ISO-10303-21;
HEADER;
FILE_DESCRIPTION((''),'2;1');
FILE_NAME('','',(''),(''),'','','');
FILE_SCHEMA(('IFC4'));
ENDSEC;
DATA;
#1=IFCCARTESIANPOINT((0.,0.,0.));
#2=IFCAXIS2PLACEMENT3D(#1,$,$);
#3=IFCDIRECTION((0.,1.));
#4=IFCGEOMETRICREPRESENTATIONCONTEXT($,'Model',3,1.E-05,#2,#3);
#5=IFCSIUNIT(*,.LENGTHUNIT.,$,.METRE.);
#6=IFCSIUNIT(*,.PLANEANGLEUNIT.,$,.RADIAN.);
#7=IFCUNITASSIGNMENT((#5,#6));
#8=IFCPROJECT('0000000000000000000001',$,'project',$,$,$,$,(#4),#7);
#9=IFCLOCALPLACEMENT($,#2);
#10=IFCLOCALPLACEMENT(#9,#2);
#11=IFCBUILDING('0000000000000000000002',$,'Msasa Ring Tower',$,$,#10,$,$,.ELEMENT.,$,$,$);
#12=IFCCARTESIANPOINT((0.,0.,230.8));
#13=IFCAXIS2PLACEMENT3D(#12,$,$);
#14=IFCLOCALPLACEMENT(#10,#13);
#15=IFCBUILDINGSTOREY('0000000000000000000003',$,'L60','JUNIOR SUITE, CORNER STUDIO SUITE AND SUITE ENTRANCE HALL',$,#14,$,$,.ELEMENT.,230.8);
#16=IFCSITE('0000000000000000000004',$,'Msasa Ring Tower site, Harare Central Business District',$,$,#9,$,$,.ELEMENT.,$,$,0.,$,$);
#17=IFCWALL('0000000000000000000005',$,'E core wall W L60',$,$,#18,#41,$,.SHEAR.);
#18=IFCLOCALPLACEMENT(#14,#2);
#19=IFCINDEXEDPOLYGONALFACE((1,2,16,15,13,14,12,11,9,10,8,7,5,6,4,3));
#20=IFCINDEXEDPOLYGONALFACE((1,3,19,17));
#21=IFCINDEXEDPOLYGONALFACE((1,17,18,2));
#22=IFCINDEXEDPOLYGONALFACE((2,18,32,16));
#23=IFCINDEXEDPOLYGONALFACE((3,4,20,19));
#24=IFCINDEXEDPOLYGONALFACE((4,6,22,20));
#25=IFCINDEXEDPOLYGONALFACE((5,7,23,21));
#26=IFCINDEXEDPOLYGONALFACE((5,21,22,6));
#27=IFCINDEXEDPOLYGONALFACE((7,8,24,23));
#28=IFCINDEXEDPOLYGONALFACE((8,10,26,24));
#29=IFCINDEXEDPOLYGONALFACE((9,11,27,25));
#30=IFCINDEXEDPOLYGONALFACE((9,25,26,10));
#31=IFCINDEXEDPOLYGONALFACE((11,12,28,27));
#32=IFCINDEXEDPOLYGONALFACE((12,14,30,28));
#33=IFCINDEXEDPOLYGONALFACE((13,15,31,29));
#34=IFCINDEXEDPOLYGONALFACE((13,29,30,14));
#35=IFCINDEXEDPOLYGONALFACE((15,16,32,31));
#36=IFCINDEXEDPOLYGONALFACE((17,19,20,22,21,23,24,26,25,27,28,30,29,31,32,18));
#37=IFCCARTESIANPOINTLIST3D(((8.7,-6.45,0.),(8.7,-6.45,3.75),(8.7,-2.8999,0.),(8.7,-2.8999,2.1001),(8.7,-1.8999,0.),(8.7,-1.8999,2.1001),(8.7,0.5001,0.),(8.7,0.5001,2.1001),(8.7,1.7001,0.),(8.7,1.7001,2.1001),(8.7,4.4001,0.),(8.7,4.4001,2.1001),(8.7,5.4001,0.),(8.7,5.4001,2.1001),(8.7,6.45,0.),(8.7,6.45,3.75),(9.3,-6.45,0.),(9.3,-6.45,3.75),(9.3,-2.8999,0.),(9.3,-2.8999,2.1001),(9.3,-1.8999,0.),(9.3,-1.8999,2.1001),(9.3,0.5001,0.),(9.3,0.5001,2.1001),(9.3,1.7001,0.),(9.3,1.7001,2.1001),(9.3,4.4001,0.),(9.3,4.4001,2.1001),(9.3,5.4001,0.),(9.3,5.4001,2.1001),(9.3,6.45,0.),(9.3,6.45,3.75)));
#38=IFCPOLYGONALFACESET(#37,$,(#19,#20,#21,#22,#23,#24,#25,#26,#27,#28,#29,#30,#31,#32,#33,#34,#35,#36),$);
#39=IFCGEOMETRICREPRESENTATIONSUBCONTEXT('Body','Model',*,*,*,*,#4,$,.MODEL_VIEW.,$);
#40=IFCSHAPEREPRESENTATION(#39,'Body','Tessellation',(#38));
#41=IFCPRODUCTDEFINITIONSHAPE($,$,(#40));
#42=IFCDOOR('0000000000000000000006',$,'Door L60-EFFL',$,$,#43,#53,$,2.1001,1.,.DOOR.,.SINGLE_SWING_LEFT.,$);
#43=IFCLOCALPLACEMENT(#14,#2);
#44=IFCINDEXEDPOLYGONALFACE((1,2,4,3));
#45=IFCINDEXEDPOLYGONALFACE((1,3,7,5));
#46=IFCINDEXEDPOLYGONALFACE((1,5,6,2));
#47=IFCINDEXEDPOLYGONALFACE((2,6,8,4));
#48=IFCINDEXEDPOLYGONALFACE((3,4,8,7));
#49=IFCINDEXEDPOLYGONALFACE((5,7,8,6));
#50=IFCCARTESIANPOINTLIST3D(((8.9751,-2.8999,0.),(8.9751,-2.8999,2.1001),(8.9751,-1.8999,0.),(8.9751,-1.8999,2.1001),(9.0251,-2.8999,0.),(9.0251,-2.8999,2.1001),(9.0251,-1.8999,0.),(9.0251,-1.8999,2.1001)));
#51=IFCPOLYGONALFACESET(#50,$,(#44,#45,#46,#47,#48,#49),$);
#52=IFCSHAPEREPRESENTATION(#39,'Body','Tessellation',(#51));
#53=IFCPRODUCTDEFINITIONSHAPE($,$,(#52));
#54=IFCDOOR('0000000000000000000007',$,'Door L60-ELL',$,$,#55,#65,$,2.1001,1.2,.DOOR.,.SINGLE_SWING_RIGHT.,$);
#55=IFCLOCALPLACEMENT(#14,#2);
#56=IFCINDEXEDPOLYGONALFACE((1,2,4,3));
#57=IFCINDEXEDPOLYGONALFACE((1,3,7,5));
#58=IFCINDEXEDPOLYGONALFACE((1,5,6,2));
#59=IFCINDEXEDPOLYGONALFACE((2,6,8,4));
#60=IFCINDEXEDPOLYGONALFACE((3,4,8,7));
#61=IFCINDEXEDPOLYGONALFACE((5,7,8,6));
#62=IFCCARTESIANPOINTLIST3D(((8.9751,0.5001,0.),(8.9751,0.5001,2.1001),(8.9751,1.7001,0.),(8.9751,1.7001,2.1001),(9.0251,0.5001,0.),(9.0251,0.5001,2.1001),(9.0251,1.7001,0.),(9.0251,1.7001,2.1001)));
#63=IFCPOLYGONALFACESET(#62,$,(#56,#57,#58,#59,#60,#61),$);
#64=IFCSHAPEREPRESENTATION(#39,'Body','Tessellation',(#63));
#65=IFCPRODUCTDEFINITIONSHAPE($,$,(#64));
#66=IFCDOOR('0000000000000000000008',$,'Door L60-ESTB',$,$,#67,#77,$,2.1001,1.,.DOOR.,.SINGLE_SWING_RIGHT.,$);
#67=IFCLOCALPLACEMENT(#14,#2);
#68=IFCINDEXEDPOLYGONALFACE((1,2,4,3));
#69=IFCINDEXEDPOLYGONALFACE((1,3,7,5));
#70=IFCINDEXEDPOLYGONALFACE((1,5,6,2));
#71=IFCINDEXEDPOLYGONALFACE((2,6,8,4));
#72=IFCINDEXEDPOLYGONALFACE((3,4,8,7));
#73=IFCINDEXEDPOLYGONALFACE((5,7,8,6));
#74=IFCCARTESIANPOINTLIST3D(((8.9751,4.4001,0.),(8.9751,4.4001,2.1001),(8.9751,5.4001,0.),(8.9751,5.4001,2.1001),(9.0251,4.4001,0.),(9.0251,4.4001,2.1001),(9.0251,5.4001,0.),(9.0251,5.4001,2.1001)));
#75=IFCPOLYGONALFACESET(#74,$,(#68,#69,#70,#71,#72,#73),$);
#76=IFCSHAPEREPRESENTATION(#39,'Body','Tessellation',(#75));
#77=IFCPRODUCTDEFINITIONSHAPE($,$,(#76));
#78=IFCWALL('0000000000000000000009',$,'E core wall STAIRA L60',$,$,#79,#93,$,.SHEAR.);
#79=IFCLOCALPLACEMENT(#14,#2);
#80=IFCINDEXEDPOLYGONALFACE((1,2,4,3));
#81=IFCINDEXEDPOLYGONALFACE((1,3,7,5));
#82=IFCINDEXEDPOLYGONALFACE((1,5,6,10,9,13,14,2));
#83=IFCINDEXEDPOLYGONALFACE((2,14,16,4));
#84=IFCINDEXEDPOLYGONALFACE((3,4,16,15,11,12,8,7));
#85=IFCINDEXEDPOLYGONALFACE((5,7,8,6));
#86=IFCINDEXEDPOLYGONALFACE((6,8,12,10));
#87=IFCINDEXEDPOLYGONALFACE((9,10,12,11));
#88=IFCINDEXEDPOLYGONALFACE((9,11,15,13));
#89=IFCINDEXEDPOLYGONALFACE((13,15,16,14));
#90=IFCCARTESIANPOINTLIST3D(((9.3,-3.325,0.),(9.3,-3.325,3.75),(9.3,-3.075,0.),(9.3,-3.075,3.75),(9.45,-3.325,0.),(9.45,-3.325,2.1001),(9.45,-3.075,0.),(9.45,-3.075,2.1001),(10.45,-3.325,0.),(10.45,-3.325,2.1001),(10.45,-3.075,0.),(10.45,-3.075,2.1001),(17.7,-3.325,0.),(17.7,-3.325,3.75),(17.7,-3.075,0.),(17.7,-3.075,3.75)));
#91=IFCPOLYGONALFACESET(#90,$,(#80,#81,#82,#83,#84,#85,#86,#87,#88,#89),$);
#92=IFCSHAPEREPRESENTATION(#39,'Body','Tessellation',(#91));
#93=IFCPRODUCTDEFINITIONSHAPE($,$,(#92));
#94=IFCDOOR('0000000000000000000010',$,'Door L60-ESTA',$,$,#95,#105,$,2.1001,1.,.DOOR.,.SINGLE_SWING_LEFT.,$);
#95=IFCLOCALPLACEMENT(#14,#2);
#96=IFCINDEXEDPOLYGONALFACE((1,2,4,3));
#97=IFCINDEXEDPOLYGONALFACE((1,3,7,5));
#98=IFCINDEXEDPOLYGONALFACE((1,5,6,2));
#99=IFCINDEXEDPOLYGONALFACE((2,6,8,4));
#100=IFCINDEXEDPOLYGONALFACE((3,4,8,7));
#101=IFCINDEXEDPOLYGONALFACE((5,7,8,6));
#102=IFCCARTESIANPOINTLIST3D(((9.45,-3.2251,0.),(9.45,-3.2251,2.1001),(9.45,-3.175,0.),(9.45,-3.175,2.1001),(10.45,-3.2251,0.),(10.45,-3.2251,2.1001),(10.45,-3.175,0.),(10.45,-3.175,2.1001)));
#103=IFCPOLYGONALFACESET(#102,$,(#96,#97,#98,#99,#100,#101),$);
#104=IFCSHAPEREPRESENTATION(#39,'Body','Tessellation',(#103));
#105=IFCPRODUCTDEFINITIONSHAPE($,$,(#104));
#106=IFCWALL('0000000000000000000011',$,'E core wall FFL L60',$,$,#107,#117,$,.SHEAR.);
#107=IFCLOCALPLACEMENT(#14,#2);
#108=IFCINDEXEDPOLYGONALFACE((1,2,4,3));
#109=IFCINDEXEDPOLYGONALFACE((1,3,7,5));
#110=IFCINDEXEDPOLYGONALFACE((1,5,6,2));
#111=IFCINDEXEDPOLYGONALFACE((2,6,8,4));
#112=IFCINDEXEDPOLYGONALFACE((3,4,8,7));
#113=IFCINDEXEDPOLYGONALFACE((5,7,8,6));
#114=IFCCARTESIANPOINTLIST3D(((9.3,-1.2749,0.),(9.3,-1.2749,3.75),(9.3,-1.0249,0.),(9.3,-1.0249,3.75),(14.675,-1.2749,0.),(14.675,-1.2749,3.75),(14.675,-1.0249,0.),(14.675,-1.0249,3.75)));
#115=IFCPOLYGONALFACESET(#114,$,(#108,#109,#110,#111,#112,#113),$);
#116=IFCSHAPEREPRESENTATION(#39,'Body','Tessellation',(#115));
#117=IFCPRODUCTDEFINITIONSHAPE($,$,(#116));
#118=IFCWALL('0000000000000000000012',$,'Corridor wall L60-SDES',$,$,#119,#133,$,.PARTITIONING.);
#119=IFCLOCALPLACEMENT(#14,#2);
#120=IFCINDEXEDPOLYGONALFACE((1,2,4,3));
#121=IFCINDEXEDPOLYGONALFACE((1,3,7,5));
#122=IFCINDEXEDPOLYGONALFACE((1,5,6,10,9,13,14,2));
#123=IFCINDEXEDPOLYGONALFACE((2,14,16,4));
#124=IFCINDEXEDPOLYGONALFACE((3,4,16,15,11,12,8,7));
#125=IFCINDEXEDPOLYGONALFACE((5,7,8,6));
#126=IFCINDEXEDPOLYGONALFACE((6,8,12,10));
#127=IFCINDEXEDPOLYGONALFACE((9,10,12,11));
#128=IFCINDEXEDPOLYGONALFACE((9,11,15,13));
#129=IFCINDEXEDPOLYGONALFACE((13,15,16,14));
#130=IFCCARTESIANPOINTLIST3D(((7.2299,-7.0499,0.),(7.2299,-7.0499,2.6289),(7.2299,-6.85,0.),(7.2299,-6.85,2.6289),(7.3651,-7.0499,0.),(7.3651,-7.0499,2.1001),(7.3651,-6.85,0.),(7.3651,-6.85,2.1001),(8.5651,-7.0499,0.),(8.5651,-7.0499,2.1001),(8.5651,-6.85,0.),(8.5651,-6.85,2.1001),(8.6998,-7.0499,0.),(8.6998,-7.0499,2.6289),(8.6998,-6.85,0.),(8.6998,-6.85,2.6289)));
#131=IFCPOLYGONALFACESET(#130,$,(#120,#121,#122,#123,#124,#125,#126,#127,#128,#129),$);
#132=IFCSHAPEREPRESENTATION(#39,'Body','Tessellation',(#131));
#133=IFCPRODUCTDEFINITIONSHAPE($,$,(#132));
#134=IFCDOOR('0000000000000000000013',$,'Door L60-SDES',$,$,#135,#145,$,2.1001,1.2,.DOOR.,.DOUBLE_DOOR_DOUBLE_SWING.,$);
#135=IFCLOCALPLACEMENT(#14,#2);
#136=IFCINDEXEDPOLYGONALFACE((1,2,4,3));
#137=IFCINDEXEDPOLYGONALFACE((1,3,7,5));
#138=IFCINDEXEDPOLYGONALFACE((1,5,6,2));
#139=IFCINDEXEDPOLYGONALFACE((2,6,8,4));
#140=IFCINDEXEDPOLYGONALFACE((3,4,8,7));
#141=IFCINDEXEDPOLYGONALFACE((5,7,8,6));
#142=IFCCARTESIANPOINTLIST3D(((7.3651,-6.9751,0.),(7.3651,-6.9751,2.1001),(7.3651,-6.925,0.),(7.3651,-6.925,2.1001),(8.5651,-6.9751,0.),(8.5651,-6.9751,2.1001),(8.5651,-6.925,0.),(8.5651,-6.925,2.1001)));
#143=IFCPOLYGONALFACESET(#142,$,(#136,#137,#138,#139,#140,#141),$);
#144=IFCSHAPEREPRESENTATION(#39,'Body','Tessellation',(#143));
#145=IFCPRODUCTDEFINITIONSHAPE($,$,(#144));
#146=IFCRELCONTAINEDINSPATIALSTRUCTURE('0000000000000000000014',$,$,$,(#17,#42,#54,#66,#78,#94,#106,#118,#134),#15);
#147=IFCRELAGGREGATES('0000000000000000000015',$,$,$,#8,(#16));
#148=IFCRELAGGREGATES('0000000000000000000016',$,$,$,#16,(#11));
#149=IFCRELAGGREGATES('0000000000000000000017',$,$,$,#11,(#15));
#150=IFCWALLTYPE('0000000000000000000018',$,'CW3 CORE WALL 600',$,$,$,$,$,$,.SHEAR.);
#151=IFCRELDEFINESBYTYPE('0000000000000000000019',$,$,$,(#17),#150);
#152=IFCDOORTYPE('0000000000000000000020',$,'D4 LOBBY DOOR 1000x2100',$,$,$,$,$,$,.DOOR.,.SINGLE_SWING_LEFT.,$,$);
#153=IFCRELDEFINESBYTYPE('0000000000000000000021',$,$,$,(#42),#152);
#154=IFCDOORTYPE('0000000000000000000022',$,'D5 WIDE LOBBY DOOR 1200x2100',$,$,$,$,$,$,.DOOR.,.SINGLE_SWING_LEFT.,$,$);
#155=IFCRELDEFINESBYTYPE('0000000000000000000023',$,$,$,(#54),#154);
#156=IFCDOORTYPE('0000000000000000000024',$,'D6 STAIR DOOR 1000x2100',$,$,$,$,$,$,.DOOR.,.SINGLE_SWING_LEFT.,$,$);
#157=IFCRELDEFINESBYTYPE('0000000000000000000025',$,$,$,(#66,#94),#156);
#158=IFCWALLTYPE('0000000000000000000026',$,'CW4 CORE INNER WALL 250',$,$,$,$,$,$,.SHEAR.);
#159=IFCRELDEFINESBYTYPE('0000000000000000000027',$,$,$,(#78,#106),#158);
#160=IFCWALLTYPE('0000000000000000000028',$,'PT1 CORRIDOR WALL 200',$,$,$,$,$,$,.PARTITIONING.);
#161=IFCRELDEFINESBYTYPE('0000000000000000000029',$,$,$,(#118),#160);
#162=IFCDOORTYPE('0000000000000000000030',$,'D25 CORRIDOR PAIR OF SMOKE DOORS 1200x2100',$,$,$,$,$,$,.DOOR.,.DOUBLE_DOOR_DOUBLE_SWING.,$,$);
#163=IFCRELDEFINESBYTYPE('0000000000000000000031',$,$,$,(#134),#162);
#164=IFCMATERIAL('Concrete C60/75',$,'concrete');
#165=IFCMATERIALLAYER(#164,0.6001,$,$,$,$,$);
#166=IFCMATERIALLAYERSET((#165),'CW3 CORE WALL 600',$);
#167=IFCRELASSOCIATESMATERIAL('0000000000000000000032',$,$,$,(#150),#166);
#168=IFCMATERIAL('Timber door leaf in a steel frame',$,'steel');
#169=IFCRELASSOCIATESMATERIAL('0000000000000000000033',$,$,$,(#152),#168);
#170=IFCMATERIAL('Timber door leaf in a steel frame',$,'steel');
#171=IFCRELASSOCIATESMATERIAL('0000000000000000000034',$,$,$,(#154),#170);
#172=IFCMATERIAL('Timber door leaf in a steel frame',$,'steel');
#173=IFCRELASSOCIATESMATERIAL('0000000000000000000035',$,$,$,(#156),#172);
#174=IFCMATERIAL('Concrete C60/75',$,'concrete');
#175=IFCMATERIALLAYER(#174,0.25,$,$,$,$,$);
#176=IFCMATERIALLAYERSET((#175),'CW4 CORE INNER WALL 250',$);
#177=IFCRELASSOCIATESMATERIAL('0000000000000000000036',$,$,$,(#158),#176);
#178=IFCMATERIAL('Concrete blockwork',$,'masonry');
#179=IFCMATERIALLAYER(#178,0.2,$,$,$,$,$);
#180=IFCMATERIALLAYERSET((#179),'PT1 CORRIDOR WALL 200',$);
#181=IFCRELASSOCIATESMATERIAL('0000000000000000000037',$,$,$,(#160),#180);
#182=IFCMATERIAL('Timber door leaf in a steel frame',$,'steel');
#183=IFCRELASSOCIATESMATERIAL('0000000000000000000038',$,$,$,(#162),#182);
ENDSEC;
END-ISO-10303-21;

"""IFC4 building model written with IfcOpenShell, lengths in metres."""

from ifc_helpers import new_model, si_unit, direction, frame, frame_2d, origin, place, context, subcontext, project, spatial, rectangle, extrude, material, layer, layer_set, type_object, element, fill, save


model = new_model("IFC4")

# Units and contexts
model_context = context("Model", 3, precision=1e-05, world=origin(), true_north=direction((0.0, 1.0)))
body_context = subcontext(model_context, "Body", "Model", "MODEL_VIEW")
ifc_project = project(units=[si_unit("LENGTHUNIT", "METRE"), si_unit("PLANEANGLEUNIT", "RADIAN")], contexts=[model_context])

# Site, building, storey
site_placement = place(None, origin())
site = spatial("IfcSite", under=ifc_project, at=site_placement, Name="Msasa Ring Tower site, Harare Central Business District", CompositionType="ELEMENT", RefElevation=0.0)
building_placement = place(site_placement, origin())
building = spatial("IfcBuilding", under=site, at=building_placement, Name="Msasa Ring Tower", CompositionType="ELEMENT")
storey_placement = place(building_placement, frame((0.0, 0.0, 230.8)))
storey = spatial("IfcBuildingStorey", under=building, at=storey_placement, Name="L60", Description="JUNIOR SUITE, CORNER STUDIO SUITE AND SUITE ENTRANCE HALL", CompositionType="ELEMENT", Elevation=230.8)

# Shared definitions
ifc_material_1 = material(Name="Concrete C60/75", Category="concrete")
ifc_layer_1 = layer(ifc_material_1, 0.6001)
ifc_layer_set_1 = layer_set([ifc_layer_1], Name="CW3 CORE WALL 600")
wall_type_1 = type_object("IfcWallType", Name="CW3 CORE WALL 600", PredefinedType="SHEAR", material=ifc_layer_set_1)

# Wall, openings, doors
wall_1_placement = place(storey_placement, frame((9.0, -6.45, 0.0), z_axis=(0.0, 0.0, 1.0), x_axis=(0.0, 1.0, 0.0)))
wall_1 = element("IfcWall", 1, at=wall_1_placement, inside=storey, type_object=wall_type_1, Name="E core wall W L60", PredefinedType="SHEAR", context=body_context, shape_type="SweptSolid", body=[
    extrude(rectangle(XDim=12.8999, YDim=0.6001, at=frame_2d((6.45, 0.0))), origin(), (0.0, 0.0, 1.0), 3.75),
])
opening_1_placement = place(wall_1_placement, frame((3.55, 0.0, 0.0)))
opening_1 = element("IfcOpeningElement", 2, at=opening_1_placement, cuts=wall_1, PredefinedType="OPENING", context=body_context, shape_type="SweptSolid", body=[
    extrude(rectangle(XDim=1.0, YDim=2.1001, at=frame_2d((0.5, 1.05))), frame((0.0, 0.3101, 0.0), z_axis=(0.0, -1.0, 0.0), x_axis=(1.0, 0.0, 0.0)), (0.0, 0.0, 1.0), 0.6201),
])
opening_2_placement = place(wall_1_placement, frame((6.95, 0.0, 0.0)))
opening_2 = element("IfcOpeningElement", 3, at=opening_2_placement, cuts=wall_1, PredefinedType="OPENING", context=body_context, shape_type="SweptSolid", body=[
    extrude(rectangle(XDim=1.2, YDim=2.1001, at=frame_2d((0.6001, 1.05))), frame((0.0, 0.3101, 0.0), z_axis=(0.0, -1.0, 0.0), x_axis=(1.0, 0.0, 0.0)), (0.0, 0.0, 1.0), 0.6201),
])
opening_3_placement = place(wall_1_placement, frame((10.8501, 0.0, 0.0)))
opening_3 = element("IfcOpeningElement", 4, at=opening_3_placement, cuts=wall_1, PredefinedType="OPENING", context=body_context, shape_type="SweptSolid", body=[
    extrude(rectangle(XDim=1.0, YDim=2.1001, at=frame_2d((0.5, 1.05))), frame((0.0, 0.3101, 0.0), z_axis=(0.0, -1.0, 0.0), x_axis=(1.0, 0.0, 0.0)), (0.0, 0.0, 1.0), 0.6201),
])
ifc_material_2 = material(Name="Timber door leaf in a steel frame", Category="steel")
door_type_1 = type_object("IfcDoorType", Name="D4 LOBBY DOOR 1000x2100", OperationType="SINGLE_SWING_LEFT", PredefinedType="DOOR", material=ifc_material_2)
door_1_placement = place(opening_1_placement, origin())
door_1 = element("IfcDoor", 5, at=door_1_placement, inside=storey, type_object=door_type_1, Name="Door L60-EFFL", OperationType="SINGLE_SWING_LEFT", OverallHeight=2.1001, OverallWidth=1.0, PredefinedType="DOOR", context=body_context, shape_type="SweptSolid", body=[
    extrude(rectangle(XDim=1.0, YDim=2.1001, at=frame_2d((0.5, 1.05))), frame((0.0, 0.0249, 0.0), z_axis=(0.0, -1.0, 0.0), x_axis=(1.0, 0.0, 0.0)), (0.0, 0.0, 1.0), 0.05),
])
fill(opening_1, door_1)
ifc_material_3 = material(Name="Timber door leaf in a steel frame", Category="steel")
door_type_2 = type_object("IfcDoorType", Name="D5 WIDE LOBBY DOOR 1200x2100", OperationType="SINGLE_SWING_LEFT", PredefinedType="DOOR", material=ifc_material_3)
door_2_placement = place(opening_2_placement, origin())
door_2 = element("IfcDoor", 6, at=door_2_placement, inside=storey, type_object=door_type_2, Name="Door L60-ELL", OperationType="SINGLE_SWING_RIGHT", OverallHeight=2.1001, OverallWidth=1.2, PredefinedType="DOOR", context=body_context, shape_type="SweptSolid", body=[
    extrude(rectangle(XDim=1.2, YDim=2.1001, at=frame_2d((0.6001, 1.05))), frame((0.0, 0.0249, 0.0), z_axis=(0.0, -1.0, 0.0), x_axis=(1.0, 0.0, 0.0)), (0.0, 0.0, 1.0), 0.05),
])
fill(opening_2, door_2)
ifc_material_4 = material(Name="Timber door leaf in a steel frame", Category="steel")
door_type_3 = type_object("IfcDoorType", Name="D6 STAIR DOOR 1000x2100", OperationType="SINGLE_SWING_LEFT", PredefinedType="DOOR", material=ifc_material_4)
door_3_placement = place(opening_3_placement, origin())
door_3 = element("IfcDoor", 7, at=door_3_placement, inside=storey, type_object=door_type_3, Name="Door L60-ESTB", OperationType="SINGLE_SWING_RIGHT", OverallHeight=2.1001, OverallWidth=1.0, PredefinedType="DOOR", context=body_context, shape_type="SweptSolid", body=[
    extrude(rectangle(XDim=1.0, YDim=2.1001, at=frame_2d((0.5, 1.05))), frame((0.0, 0.0249, 0.0), z_axis=(0.0, -1.0, 0.0), x_axis=(1.0, 0.0, 0.0)), (0.0, 0.0, 1.0), 0.05),
])
fill(opening_3, door_3)

# Wall, opening, door
ifc_material_5 = material(Name="Concrete C60/75", Category="concrete")
ifc_layer_2 = layer(ifc_material_5, 0.25)
ifc_layer_set_2 = layer_set([ifc_layer_2], Name="CW4 CORE INNER WALL 250")
wall_type_2 = type_object("IfcWallType", Name="CW4 CORE INNER WALL 250", PredefinedType="SHEAR", material=ifc_layer_set_2)
wall_2_placement = place(storey_placement, frame((9.3, -3.2, 0.0), z_axis=(0.0, 0.0, 1.0), x_axis=(1.0, 0.0, 0.0)))
wall_2 = element("IfcWall", 8, at=wall_2_placement, inside=storey, type_object=wall_type_2, Name="E core wall STAIRA L60", PredefinedType="SHEAR", context=body_context, shape_type="SweptSolid", body=[
    extrude(rectangle(XDim=8.3999, YDim=0.25, at=frame_2d((4.2, 0.0))), origin(), (0.0, 0.0, 1.0), 3.75),
])
opening_4_placement = place(wall_2_placement, frame((0.1499, 0.0, 0.0)))
opening_4 = element("IfcOpeningElement", 9, at=opening_4_placement, cuts=wall_2, PredefinedType="OPENING", context=body_context, shape_type="SweptSolid", body=[
    extrude(rectangle(XDim=1.0, YDim=2.1001, at=frame_2d((0.5, 1.05))), frame((0.0, 0.135, 0.0), z_axis=(0.0, -1.0, 0.0), x_axis=(1.0, 0.0, 0.0)), (0.0, 0.0, 1.0), 0.27),
])
door_4_placement = place(opening_4_placement, origin())
door_4 = element("IfcDoor", 10, at=door_4_placement, inside=storey, type_object=door_type_3, Name="Door L60-ESTA", OperationType="SINGLE_SWING_LEFT", OverallHeight=2.1001, OverallWidth=1.0, PredefinedType="DOOR", context=body_context, shape_type="SweptSolid", body=[
    extrude(rectangle(XDim=1.0, YDim=2.1001, at=frame_2d((0.5, 1.05))), frame((0.0, 0.0249, 0.0), z_axis=(0.0, -1.0, 0.0), x_axis=(1.0, 0.0, 0.0)), (0.0, 0.0, 1.0), 0.05),
])
fill(opening_4, door_4)

# Wall
wall_3_placement = place(storey_placement, frame((9.3, -1.1499, 0.0), z_axis=(0.0, 0.0, 1.0), x_axis=(1.0, 0.0, 0.0)))
element("IfcWall", 11, at=wall_3_placement, inside=storey, type_object=wall_type_2, Name="E core wall FFL L60", PredefinedType="SHEAR", context=body_context, shape_type="SweptSolid", body=[
    extrude(rectangle(XDim=5.375, YDim=0.25, at=frame_2d((2.6875, 0.0))), origin(), (0.0, 0.0, 1.0), 3.75),
])

# Wall, opening, door
ifc_material_6 = material(Name="Concrete blockwork", Category="masonry")
ifc_layer_3 = layer(ifc_material_6, 0.2)
ifc_layer_set_3 = layer_set([ifc_layer_3], Name="PT1 CORRIDOR WALL 200")
wall_type_3 = type_object("IfcWallType", Name="PT1 CORRIDOR WALL 200", PredefinedType="PARTITIONING", material=ifc_layer_set_3)
wall_4_placement = place(storey_placement, frame((7.23, -6.95, 0.0), z_axis=(0.0, 0.0, 1.0), x_axis=(1.0, 0.0, 0.0)))
wall_4 = element("IfcWall", 12, at=wall_4_placement, inside=storey, type_object=wall_type_3, Name="Corridor wall L60-SDES", PredefinedType="PARTITIONING", context=body_context, shape_type="SweptSolid", body=[
    extrude(rectangle(XDim=1.47, YDim=0.2, at=frame_2d((0.7349, 0.0))), origin(), (0.0, 0.0, 1.0), 2.6289),
])
opening_5_placement = place(wall_4_placement, frame((0.135, 0.0, 0.0)))
opening_5 = element("IfcOpeningElement", 13, at=opening_5_placement, cuts=wall_4, PredefinedType="OPENING", context=body_context, shape_type="SweptSolid", body=[
    extrude(rectangle(XDim=1.2, YDim=2.1001, at=frame_2d((0.6001, 1.05))), frame((0.0, 0.1099, 0.0), z_axis=(0.0, -1.0, 0.0), x_axis=(1.0, 0.0, 0.0)), (0.0, 0.0, 1.0), 0.22),
])
ifc_material_7 = material(Name="Timber door leaf in a steel frame", Category="steel")
door_type_4 = type_object("IfcDoorType", Name="D25 CORRIDOR PAIR OF SMOKE DOORS 1200x2100", OperationType="DOUBLE_DOOR_DOUBLE_SWING", PredefinedType="DOOR", material=ifc_material_7)
door_5_placement = place(opening_5_placement, origin())
door_5 = element("IfcDoor", 14, at=door_5_placement, inside=storey, type_object=door_type_4, Name="Door L60-SDES", OperationType="DOUBLE_DOOR_DOUBLE_SWING", OverallHeight=2.1001, OverallWidth=1.2, PredefinedType="DOOR", context=body_context, shape_type="SweptSolid", body=[
    extrude(rectangle(XDim=1.2, YDim=2.1001, at=frame_2d((0.6001, 1.05))), frame((0.0, 0.0249, 0.0), z_axis=(0.0, -1.0, 0.0), x_axis=(1.0, 0.0, 0.0)), (0.0, 0.0, 1.0), 0.05),
])
fill(opening_5, door_5)

save(model, "model.ifc")
